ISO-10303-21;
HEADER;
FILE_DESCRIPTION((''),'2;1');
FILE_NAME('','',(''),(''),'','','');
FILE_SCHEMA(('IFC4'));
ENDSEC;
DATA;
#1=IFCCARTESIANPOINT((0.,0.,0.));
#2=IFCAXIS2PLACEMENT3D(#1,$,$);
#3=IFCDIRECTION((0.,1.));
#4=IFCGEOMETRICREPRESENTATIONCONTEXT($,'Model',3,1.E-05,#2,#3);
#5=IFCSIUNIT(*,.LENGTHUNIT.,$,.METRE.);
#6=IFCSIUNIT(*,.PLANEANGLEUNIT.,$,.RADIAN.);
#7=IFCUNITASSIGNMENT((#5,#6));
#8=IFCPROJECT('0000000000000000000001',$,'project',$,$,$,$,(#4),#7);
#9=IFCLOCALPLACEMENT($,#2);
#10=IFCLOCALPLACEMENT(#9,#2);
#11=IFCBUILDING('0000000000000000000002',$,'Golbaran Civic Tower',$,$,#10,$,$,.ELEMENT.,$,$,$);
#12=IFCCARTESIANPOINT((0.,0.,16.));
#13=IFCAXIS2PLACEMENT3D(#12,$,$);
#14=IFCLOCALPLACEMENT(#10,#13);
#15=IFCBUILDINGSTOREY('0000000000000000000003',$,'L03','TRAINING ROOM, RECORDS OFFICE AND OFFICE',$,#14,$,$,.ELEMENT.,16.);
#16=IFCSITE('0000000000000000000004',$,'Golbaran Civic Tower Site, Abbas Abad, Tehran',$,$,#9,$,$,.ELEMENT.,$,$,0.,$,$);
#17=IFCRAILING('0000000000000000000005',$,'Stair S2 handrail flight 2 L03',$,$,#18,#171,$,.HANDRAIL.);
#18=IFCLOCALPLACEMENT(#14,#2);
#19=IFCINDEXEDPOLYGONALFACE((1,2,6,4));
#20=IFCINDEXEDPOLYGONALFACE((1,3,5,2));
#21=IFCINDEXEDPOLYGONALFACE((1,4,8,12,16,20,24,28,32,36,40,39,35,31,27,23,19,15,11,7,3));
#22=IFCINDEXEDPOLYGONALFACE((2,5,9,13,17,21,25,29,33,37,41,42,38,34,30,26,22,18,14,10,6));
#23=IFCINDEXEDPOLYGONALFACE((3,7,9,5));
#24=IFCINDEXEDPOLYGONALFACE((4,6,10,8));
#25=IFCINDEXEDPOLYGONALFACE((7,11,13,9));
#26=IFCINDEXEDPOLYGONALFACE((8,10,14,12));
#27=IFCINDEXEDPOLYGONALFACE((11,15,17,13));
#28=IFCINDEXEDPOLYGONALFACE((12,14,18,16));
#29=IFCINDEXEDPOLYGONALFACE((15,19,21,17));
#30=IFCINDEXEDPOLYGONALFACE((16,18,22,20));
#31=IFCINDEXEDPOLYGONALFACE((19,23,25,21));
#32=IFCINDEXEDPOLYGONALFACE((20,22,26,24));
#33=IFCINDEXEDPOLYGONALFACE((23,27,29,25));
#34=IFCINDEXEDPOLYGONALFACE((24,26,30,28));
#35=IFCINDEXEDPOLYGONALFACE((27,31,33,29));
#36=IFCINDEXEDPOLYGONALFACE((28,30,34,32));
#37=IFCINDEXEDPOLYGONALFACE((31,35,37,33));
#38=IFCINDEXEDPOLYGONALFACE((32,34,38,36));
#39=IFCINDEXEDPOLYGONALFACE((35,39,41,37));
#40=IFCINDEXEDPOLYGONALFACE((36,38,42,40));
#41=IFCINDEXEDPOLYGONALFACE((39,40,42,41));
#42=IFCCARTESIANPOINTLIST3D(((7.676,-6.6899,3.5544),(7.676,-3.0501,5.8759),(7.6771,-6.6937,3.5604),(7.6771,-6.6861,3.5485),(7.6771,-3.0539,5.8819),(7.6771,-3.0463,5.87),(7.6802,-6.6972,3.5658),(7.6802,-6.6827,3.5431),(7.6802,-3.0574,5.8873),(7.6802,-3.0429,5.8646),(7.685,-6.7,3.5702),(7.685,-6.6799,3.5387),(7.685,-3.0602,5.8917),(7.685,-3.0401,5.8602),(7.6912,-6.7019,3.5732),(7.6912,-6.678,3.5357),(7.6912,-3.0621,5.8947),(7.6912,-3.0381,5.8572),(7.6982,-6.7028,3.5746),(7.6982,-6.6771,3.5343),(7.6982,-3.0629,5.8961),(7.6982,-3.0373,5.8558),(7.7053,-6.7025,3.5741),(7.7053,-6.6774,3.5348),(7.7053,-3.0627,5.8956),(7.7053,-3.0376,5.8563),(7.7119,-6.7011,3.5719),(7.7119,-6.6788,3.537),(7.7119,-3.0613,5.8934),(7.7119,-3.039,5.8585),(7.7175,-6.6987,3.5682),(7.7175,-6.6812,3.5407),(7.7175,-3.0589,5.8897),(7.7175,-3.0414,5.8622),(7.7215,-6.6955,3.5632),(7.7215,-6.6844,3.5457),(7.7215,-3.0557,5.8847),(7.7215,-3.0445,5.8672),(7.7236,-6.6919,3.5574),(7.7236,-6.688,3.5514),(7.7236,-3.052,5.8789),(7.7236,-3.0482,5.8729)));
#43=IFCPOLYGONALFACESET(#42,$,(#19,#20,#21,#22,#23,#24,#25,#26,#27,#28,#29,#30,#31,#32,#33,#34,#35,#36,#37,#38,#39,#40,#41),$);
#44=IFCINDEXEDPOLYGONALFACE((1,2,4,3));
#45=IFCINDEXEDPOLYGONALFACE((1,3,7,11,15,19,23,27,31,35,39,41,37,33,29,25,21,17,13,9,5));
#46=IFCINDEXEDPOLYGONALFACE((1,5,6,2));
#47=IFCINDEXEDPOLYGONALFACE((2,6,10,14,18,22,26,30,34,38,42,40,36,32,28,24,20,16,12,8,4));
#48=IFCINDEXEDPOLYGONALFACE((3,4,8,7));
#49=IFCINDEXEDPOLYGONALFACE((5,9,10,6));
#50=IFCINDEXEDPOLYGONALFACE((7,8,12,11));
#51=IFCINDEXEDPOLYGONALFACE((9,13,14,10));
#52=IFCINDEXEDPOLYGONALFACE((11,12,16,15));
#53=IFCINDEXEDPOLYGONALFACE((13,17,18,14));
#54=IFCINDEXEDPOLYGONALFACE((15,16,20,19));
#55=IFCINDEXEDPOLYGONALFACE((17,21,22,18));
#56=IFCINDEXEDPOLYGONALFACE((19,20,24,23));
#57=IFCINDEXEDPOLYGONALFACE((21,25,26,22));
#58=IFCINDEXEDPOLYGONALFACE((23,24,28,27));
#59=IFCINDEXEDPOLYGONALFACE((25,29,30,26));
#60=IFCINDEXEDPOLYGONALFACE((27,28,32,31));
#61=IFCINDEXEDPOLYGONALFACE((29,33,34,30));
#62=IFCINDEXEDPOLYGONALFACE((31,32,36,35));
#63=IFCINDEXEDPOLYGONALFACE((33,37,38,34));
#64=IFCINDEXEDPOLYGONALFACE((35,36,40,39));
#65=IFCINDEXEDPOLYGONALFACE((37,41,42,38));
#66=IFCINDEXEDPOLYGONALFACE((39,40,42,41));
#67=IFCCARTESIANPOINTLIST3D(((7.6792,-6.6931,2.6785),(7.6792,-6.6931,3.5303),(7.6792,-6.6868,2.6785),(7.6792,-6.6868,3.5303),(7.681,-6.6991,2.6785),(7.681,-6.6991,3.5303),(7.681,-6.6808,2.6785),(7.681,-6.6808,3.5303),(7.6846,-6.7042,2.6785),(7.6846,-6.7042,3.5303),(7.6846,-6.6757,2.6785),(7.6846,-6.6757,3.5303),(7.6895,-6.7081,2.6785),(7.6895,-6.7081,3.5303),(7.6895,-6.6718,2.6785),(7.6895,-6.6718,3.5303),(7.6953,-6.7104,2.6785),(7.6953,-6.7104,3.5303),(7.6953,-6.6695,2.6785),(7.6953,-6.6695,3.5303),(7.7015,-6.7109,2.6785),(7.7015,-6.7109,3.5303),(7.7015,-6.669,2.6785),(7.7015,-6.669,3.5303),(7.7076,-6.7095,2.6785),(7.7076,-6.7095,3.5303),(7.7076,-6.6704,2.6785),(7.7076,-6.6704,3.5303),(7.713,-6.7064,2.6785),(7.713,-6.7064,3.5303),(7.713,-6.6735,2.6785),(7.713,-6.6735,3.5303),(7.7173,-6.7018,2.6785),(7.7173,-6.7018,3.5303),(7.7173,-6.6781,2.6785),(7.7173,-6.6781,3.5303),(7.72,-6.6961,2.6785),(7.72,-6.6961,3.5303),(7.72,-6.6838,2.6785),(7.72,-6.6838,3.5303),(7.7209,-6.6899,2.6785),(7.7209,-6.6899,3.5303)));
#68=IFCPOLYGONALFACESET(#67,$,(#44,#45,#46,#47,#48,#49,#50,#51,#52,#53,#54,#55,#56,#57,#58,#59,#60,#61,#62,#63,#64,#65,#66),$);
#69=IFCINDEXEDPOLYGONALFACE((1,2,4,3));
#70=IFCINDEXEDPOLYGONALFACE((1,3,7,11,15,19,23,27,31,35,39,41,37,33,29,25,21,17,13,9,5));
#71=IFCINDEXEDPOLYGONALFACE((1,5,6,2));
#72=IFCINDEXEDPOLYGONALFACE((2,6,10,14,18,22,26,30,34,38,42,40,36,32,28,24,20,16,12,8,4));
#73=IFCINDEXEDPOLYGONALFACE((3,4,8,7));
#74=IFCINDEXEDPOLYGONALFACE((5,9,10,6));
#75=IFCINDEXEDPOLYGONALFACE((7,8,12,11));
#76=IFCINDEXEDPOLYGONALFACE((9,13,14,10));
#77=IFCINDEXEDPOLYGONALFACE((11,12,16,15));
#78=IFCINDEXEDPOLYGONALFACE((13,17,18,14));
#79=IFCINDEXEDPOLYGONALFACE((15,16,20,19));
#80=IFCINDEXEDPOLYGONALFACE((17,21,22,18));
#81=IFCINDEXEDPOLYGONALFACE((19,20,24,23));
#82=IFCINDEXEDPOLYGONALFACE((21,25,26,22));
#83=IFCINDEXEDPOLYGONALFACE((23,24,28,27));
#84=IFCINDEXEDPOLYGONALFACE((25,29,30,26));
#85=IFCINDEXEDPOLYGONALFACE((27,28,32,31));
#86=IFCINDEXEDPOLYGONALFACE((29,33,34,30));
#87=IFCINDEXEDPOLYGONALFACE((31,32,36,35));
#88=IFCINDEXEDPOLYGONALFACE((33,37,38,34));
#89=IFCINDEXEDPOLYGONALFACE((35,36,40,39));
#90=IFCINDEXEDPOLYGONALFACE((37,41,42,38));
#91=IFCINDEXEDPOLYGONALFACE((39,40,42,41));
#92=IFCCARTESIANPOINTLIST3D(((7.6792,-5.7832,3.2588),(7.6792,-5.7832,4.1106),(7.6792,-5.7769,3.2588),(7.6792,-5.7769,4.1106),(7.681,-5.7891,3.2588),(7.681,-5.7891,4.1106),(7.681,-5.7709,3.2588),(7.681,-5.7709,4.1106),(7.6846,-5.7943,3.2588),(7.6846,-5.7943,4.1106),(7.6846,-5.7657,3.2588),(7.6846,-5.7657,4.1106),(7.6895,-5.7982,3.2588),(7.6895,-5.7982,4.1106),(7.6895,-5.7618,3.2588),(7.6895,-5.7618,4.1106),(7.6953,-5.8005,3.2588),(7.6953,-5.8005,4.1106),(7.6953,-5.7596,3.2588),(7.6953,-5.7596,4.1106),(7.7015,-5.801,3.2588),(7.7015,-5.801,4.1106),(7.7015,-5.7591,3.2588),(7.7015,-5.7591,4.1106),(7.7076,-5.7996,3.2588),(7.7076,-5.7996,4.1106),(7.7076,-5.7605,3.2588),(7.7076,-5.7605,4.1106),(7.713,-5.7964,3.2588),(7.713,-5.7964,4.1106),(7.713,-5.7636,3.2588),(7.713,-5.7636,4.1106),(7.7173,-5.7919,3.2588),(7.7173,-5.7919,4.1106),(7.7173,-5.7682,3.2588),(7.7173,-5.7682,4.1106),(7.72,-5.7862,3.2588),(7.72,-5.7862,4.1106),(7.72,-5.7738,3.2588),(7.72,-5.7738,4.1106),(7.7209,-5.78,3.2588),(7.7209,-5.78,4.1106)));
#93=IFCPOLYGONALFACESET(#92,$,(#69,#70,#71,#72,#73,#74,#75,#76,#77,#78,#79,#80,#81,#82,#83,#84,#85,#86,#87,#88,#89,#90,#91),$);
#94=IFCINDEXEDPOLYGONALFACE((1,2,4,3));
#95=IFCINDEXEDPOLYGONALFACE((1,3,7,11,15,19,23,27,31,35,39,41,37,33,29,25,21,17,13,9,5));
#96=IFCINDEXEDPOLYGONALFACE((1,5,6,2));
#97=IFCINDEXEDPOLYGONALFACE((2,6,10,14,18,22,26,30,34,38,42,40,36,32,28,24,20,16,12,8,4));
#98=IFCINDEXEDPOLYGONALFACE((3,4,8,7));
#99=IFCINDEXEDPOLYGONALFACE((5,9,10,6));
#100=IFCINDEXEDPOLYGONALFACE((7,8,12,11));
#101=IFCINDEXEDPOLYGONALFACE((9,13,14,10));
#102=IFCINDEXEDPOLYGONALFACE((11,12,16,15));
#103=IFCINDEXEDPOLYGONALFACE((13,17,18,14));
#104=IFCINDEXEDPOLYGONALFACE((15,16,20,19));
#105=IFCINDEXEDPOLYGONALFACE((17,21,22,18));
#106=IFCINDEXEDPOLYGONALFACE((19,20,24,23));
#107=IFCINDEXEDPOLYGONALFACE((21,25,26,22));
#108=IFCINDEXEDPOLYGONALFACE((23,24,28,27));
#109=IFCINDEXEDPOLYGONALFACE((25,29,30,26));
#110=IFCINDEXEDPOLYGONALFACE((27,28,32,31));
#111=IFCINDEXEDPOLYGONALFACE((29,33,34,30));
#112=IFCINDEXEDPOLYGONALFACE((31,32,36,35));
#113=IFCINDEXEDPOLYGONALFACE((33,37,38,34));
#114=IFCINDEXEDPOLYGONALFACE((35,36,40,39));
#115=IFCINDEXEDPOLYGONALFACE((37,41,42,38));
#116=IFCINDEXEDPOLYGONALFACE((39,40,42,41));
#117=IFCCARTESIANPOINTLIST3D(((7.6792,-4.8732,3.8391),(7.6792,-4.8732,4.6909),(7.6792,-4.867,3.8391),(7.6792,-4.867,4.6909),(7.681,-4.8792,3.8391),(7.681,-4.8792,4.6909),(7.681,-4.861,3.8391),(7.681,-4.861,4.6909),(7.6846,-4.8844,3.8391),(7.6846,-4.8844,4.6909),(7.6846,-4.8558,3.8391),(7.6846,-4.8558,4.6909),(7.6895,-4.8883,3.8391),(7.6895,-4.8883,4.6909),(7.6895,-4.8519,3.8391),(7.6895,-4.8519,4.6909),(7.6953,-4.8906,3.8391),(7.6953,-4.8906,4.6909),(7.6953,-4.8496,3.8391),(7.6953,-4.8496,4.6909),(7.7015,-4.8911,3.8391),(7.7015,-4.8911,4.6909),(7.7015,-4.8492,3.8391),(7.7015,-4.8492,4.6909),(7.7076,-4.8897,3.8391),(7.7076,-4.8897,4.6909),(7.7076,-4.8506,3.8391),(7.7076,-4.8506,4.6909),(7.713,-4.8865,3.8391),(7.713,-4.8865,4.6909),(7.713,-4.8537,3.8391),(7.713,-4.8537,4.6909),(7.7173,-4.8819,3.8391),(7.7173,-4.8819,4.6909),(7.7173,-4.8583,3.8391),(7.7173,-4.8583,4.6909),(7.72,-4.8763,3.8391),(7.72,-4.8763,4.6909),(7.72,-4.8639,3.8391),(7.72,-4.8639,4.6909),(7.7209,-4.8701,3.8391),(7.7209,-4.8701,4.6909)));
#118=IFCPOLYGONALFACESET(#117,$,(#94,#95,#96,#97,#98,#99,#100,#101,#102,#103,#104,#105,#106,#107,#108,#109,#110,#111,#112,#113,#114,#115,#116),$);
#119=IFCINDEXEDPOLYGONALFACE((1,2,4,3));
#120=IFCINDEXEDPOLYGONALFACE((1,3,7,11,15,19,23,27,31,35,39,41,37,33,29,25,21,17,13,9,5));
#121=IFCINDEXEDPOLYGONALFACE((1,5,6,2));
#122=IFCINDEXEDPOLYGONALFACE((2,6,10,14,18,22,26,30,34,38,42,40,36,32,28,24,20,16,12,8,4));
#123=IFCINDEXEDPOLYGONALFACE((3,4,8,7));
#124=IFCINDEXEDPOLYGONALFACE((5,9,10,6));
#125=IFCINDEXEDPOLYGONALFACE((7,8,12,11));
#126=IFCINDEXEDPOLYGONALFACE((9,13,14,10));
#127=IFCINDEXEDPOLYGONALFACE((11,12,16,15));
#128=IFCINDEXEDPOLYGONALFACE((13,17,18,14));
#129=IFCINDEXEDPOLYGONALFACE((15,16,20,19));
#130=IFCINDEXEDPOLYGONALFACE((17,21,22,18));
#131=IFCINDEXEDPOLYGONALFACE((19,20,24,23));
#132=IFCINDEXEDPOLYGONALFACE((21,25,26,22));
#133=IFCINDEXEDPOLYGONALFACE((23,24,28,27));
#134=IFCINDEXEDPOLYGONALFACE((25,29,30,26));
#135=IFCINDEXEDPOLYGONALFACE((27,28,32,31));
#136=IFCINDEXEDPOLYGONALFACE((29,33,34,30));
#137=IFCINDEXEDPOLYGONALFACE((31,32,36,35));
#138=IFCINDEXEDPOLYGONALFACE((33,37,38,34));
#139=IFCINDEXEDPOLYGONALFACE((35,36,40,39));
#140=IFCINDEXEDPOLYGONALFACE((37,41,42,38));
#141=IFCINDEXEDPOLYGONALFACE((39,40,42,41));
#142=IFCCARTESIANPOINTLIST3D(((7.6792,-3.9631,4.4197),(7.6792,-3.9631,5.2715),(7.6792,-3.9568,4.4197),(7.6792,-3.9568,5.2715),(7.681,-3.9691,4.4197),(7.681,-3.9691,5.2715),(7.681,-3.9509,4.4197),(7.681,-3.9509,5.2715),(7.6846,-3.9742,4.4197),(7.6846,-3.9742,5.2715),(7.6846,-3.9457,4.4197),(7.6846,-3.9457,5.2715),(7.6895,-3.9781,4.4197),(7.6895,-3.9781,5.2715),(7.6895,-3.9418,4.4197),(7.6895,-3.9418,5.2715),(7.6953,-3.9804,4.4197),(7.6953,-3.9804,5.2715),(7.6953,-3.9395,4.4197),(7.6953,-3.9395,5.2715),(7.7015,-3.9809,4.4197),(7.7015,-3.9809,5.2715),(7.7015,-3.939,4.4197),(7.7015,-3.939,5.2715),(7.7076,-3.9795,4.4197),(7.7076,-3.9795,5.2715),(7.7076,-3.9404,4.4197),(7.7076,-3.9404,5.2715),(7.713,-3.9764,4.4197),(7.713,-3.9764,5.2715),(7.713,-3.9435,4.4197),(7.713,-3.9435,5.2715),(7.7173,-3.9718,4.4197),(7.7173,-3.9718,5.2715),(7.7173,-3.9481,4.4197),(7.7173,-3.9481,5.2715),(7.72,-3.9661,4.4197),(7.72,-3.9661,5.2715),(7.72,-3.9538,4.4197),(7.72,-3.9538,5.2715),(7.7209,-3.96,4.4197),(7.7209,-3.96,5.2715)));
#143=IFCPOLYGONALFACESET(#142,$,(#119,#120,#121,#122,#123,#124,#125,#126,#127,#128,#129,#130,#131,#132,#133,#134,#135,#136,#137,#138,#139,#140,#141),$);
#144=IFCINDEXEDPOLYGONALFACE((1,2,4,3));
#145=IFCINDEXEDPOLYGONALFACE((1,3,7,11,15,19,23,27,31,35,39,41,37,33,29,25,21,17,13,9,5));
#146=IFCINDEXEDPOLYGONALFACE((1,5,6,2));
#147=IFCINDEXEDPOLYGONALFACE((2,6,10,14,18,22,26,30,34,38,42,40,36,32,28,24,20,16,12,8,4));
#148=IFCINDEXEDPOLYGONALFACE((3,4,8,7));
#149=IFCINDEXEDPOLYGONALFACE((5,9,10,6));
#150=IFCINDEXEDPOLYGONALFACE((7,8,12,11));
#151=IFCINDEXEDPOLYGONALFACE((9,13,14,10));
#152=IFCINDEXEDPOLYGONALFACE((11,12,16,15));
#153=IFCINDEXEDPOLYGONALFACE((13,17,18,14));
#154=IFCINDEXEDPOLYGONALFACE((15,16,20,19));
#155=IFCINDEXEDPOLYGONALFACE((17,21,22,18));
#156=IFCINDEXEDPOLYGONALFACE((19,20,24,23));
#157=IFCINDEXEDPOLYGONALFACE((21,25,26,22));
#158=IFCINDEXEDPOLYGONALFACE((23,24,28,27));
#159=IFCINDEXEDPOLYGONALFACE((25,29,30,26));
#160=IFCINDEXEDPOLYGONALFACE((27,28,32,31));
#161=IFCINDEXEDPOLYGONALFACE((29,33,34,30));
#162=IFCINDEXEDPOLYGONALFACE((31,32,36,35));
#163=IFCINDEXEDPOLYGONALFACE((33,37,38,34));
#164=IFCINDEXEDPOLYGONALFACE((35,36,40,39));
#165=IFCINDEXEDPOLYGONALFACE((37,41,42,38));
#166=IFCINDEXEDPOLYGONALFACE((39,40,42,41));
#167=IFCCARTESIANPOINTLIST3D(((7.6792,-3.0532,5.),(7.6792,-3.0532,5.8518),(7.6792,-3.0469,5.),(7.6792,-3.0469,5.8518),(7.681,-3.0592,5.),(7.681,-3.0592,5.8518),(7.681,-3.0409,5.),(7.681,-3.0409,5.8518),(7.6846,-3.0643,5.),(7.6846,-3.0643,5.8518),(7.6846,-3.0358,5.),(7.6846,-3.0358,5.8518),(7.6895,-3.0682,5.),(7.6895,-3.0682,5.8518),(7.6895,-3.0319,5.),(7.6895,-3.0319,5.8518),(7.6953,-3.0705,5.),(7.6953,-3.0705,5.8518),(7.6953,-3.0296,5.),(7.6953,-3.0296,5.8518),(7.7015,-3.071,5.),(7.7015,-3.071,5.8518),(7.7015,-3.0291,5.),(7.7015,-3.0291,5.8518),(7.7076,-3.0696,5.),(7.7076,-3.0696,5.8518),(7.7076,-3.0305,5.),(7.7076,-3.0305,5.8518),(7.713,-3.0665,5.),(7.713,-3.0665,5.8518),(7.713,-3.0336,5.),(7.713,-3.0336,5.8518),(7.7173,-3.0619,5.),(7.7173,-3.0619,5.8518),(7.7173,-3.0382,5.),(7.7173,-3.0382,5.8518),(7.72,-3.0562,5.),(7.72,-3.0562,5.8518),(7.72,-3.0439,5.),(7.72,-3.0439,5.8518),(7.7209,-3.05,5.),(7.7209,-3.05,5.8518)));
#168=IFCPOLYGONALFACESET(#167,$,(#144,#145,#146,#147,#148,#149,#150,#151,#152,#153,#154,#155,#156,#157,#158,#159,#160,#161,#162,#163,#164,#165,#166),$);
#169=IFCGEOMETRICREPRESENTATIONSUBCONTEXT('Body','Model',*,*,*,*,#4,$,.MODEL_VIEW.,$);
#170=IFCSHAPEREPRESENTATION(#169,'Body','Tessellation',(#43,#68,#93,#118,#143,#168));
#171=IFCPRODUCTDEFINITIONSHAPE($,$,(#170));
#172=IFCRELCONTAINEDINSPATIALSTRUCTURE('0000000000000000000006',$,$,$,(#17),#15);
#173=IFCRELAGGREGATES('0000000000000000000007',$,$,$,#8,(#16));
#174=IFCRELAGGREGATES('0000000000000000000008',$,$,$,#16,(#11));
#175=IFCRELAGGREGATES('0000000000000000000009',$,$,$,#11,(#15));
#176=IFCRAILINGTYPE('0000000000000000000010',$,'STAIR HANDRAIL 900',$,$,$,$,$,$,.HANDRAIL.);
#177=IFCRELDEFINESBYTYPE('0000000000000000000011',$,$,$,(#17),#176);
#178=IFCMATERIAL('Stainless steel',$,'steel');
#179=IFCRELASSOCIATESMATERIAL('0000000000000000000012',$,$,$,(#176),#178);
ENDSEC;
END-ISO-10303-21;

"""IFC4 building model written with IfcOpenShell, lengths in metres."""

from ifc_helpers import new_model, si_unit, direction, frame, origin, origin_2d, place, context, subcontext, project, spatial, circle, extrude, material, type_object, element, save


model = new_model("IFC4")

# Units and contexts
model_context = context("Model", 3, precision=1e-05, world=origin(), true_north=direction((0.0, 1.0)))
body_context = subcontext(model_context, "Body", "Model", "MODEL_VIEW")
ifc_project = project(units=[si_unit("LENGTHUNIT", "METRE"), si_unit("PLANEANGLEUNIT", "RADIAN")], contexts=[model_context])

# Site, building, storey
site_placement = place(None, origin())
site = spatial("IfcSite", under=ifc_project, at=site_placement, Name="Golbaran Civic Tower Site, Abbas Abad, Tehran", CompositionType="ELEMENT", RefElevation=0.0)
building_placement = place(site_placement, origin())
building = spatial("IfcBuilding", under=site, at=building_placement, Name="Golbaran Civic Tower", CompositionType="ELEMENT")
storey_placement = place(building_placement, frame((0.0, 0.0, 16.0)))
storey = spatial("IfcBuildingStorey", under=building, at=storey_placement, Name="L03", Description="TRAINING ROOM, RECORDS OFFICE AND OFFICE", CompositionType="ELEMENT", Elevation=16.0)

# Shared definitions
ifc_material_1 = material(Name="Stainless steel", Category="steel")

# Railing
railing_type = type_object("IfcRailingType", Name="STAIR HANDRAIL 900", PredefinedType="HANDRAIL", material=ifc_material_1)
railing_1_placement = place(storey_placement, frame((7.7, -6.6899, 2.6785)))
element("IfcRailing", 1, at=railing_1_placement, inside=storey, type_object=railing_type, Name="Stair S2 handrail flight 2 L03", PredefinedType="HANDRAIL", context=body_context, shape_type="SweptSolid", body=[
    extrude(circle(Radius=0.0239, at=origin_2d()), frame((0.0, 0.0, 0.876), z_axis=(0.0, 0.843112, 0.537739), x_axis=(-1.0, 0.0, 0.0)), (0.0, 0.0, 1.0), 4.3171),
    extrude(circle(Radius=0.021, at=origin_2d()), origin(), (0.0, 0.0, 1.0), 0.8518),
    extrude(circle(Radius=0.021, at=origin_2d()), frame((0.0, 0.9099, 0.5803)), (0.0, 0.0, 1.0), 0.8518),
    extrude(circle(Radius=0.021, at=origin_2d()), frame((0.0, 1.8198, 1.1606)), (0.0, 0.0, 1.0), 0.8518),
    extrude(circle(Radius=0.021, at=origin_2d()), frame((0.0, 2.73, 1.7412)), (0.0, 0.0, 1.0), 0.8518),
    extrude(circle(Radius=0.021, at=origin_2d()), frame((0.0, 3.6399, 2.3215)), (0.0, 0.0, 1.0), 0.8518),
])

save(model, "model.ifc")
